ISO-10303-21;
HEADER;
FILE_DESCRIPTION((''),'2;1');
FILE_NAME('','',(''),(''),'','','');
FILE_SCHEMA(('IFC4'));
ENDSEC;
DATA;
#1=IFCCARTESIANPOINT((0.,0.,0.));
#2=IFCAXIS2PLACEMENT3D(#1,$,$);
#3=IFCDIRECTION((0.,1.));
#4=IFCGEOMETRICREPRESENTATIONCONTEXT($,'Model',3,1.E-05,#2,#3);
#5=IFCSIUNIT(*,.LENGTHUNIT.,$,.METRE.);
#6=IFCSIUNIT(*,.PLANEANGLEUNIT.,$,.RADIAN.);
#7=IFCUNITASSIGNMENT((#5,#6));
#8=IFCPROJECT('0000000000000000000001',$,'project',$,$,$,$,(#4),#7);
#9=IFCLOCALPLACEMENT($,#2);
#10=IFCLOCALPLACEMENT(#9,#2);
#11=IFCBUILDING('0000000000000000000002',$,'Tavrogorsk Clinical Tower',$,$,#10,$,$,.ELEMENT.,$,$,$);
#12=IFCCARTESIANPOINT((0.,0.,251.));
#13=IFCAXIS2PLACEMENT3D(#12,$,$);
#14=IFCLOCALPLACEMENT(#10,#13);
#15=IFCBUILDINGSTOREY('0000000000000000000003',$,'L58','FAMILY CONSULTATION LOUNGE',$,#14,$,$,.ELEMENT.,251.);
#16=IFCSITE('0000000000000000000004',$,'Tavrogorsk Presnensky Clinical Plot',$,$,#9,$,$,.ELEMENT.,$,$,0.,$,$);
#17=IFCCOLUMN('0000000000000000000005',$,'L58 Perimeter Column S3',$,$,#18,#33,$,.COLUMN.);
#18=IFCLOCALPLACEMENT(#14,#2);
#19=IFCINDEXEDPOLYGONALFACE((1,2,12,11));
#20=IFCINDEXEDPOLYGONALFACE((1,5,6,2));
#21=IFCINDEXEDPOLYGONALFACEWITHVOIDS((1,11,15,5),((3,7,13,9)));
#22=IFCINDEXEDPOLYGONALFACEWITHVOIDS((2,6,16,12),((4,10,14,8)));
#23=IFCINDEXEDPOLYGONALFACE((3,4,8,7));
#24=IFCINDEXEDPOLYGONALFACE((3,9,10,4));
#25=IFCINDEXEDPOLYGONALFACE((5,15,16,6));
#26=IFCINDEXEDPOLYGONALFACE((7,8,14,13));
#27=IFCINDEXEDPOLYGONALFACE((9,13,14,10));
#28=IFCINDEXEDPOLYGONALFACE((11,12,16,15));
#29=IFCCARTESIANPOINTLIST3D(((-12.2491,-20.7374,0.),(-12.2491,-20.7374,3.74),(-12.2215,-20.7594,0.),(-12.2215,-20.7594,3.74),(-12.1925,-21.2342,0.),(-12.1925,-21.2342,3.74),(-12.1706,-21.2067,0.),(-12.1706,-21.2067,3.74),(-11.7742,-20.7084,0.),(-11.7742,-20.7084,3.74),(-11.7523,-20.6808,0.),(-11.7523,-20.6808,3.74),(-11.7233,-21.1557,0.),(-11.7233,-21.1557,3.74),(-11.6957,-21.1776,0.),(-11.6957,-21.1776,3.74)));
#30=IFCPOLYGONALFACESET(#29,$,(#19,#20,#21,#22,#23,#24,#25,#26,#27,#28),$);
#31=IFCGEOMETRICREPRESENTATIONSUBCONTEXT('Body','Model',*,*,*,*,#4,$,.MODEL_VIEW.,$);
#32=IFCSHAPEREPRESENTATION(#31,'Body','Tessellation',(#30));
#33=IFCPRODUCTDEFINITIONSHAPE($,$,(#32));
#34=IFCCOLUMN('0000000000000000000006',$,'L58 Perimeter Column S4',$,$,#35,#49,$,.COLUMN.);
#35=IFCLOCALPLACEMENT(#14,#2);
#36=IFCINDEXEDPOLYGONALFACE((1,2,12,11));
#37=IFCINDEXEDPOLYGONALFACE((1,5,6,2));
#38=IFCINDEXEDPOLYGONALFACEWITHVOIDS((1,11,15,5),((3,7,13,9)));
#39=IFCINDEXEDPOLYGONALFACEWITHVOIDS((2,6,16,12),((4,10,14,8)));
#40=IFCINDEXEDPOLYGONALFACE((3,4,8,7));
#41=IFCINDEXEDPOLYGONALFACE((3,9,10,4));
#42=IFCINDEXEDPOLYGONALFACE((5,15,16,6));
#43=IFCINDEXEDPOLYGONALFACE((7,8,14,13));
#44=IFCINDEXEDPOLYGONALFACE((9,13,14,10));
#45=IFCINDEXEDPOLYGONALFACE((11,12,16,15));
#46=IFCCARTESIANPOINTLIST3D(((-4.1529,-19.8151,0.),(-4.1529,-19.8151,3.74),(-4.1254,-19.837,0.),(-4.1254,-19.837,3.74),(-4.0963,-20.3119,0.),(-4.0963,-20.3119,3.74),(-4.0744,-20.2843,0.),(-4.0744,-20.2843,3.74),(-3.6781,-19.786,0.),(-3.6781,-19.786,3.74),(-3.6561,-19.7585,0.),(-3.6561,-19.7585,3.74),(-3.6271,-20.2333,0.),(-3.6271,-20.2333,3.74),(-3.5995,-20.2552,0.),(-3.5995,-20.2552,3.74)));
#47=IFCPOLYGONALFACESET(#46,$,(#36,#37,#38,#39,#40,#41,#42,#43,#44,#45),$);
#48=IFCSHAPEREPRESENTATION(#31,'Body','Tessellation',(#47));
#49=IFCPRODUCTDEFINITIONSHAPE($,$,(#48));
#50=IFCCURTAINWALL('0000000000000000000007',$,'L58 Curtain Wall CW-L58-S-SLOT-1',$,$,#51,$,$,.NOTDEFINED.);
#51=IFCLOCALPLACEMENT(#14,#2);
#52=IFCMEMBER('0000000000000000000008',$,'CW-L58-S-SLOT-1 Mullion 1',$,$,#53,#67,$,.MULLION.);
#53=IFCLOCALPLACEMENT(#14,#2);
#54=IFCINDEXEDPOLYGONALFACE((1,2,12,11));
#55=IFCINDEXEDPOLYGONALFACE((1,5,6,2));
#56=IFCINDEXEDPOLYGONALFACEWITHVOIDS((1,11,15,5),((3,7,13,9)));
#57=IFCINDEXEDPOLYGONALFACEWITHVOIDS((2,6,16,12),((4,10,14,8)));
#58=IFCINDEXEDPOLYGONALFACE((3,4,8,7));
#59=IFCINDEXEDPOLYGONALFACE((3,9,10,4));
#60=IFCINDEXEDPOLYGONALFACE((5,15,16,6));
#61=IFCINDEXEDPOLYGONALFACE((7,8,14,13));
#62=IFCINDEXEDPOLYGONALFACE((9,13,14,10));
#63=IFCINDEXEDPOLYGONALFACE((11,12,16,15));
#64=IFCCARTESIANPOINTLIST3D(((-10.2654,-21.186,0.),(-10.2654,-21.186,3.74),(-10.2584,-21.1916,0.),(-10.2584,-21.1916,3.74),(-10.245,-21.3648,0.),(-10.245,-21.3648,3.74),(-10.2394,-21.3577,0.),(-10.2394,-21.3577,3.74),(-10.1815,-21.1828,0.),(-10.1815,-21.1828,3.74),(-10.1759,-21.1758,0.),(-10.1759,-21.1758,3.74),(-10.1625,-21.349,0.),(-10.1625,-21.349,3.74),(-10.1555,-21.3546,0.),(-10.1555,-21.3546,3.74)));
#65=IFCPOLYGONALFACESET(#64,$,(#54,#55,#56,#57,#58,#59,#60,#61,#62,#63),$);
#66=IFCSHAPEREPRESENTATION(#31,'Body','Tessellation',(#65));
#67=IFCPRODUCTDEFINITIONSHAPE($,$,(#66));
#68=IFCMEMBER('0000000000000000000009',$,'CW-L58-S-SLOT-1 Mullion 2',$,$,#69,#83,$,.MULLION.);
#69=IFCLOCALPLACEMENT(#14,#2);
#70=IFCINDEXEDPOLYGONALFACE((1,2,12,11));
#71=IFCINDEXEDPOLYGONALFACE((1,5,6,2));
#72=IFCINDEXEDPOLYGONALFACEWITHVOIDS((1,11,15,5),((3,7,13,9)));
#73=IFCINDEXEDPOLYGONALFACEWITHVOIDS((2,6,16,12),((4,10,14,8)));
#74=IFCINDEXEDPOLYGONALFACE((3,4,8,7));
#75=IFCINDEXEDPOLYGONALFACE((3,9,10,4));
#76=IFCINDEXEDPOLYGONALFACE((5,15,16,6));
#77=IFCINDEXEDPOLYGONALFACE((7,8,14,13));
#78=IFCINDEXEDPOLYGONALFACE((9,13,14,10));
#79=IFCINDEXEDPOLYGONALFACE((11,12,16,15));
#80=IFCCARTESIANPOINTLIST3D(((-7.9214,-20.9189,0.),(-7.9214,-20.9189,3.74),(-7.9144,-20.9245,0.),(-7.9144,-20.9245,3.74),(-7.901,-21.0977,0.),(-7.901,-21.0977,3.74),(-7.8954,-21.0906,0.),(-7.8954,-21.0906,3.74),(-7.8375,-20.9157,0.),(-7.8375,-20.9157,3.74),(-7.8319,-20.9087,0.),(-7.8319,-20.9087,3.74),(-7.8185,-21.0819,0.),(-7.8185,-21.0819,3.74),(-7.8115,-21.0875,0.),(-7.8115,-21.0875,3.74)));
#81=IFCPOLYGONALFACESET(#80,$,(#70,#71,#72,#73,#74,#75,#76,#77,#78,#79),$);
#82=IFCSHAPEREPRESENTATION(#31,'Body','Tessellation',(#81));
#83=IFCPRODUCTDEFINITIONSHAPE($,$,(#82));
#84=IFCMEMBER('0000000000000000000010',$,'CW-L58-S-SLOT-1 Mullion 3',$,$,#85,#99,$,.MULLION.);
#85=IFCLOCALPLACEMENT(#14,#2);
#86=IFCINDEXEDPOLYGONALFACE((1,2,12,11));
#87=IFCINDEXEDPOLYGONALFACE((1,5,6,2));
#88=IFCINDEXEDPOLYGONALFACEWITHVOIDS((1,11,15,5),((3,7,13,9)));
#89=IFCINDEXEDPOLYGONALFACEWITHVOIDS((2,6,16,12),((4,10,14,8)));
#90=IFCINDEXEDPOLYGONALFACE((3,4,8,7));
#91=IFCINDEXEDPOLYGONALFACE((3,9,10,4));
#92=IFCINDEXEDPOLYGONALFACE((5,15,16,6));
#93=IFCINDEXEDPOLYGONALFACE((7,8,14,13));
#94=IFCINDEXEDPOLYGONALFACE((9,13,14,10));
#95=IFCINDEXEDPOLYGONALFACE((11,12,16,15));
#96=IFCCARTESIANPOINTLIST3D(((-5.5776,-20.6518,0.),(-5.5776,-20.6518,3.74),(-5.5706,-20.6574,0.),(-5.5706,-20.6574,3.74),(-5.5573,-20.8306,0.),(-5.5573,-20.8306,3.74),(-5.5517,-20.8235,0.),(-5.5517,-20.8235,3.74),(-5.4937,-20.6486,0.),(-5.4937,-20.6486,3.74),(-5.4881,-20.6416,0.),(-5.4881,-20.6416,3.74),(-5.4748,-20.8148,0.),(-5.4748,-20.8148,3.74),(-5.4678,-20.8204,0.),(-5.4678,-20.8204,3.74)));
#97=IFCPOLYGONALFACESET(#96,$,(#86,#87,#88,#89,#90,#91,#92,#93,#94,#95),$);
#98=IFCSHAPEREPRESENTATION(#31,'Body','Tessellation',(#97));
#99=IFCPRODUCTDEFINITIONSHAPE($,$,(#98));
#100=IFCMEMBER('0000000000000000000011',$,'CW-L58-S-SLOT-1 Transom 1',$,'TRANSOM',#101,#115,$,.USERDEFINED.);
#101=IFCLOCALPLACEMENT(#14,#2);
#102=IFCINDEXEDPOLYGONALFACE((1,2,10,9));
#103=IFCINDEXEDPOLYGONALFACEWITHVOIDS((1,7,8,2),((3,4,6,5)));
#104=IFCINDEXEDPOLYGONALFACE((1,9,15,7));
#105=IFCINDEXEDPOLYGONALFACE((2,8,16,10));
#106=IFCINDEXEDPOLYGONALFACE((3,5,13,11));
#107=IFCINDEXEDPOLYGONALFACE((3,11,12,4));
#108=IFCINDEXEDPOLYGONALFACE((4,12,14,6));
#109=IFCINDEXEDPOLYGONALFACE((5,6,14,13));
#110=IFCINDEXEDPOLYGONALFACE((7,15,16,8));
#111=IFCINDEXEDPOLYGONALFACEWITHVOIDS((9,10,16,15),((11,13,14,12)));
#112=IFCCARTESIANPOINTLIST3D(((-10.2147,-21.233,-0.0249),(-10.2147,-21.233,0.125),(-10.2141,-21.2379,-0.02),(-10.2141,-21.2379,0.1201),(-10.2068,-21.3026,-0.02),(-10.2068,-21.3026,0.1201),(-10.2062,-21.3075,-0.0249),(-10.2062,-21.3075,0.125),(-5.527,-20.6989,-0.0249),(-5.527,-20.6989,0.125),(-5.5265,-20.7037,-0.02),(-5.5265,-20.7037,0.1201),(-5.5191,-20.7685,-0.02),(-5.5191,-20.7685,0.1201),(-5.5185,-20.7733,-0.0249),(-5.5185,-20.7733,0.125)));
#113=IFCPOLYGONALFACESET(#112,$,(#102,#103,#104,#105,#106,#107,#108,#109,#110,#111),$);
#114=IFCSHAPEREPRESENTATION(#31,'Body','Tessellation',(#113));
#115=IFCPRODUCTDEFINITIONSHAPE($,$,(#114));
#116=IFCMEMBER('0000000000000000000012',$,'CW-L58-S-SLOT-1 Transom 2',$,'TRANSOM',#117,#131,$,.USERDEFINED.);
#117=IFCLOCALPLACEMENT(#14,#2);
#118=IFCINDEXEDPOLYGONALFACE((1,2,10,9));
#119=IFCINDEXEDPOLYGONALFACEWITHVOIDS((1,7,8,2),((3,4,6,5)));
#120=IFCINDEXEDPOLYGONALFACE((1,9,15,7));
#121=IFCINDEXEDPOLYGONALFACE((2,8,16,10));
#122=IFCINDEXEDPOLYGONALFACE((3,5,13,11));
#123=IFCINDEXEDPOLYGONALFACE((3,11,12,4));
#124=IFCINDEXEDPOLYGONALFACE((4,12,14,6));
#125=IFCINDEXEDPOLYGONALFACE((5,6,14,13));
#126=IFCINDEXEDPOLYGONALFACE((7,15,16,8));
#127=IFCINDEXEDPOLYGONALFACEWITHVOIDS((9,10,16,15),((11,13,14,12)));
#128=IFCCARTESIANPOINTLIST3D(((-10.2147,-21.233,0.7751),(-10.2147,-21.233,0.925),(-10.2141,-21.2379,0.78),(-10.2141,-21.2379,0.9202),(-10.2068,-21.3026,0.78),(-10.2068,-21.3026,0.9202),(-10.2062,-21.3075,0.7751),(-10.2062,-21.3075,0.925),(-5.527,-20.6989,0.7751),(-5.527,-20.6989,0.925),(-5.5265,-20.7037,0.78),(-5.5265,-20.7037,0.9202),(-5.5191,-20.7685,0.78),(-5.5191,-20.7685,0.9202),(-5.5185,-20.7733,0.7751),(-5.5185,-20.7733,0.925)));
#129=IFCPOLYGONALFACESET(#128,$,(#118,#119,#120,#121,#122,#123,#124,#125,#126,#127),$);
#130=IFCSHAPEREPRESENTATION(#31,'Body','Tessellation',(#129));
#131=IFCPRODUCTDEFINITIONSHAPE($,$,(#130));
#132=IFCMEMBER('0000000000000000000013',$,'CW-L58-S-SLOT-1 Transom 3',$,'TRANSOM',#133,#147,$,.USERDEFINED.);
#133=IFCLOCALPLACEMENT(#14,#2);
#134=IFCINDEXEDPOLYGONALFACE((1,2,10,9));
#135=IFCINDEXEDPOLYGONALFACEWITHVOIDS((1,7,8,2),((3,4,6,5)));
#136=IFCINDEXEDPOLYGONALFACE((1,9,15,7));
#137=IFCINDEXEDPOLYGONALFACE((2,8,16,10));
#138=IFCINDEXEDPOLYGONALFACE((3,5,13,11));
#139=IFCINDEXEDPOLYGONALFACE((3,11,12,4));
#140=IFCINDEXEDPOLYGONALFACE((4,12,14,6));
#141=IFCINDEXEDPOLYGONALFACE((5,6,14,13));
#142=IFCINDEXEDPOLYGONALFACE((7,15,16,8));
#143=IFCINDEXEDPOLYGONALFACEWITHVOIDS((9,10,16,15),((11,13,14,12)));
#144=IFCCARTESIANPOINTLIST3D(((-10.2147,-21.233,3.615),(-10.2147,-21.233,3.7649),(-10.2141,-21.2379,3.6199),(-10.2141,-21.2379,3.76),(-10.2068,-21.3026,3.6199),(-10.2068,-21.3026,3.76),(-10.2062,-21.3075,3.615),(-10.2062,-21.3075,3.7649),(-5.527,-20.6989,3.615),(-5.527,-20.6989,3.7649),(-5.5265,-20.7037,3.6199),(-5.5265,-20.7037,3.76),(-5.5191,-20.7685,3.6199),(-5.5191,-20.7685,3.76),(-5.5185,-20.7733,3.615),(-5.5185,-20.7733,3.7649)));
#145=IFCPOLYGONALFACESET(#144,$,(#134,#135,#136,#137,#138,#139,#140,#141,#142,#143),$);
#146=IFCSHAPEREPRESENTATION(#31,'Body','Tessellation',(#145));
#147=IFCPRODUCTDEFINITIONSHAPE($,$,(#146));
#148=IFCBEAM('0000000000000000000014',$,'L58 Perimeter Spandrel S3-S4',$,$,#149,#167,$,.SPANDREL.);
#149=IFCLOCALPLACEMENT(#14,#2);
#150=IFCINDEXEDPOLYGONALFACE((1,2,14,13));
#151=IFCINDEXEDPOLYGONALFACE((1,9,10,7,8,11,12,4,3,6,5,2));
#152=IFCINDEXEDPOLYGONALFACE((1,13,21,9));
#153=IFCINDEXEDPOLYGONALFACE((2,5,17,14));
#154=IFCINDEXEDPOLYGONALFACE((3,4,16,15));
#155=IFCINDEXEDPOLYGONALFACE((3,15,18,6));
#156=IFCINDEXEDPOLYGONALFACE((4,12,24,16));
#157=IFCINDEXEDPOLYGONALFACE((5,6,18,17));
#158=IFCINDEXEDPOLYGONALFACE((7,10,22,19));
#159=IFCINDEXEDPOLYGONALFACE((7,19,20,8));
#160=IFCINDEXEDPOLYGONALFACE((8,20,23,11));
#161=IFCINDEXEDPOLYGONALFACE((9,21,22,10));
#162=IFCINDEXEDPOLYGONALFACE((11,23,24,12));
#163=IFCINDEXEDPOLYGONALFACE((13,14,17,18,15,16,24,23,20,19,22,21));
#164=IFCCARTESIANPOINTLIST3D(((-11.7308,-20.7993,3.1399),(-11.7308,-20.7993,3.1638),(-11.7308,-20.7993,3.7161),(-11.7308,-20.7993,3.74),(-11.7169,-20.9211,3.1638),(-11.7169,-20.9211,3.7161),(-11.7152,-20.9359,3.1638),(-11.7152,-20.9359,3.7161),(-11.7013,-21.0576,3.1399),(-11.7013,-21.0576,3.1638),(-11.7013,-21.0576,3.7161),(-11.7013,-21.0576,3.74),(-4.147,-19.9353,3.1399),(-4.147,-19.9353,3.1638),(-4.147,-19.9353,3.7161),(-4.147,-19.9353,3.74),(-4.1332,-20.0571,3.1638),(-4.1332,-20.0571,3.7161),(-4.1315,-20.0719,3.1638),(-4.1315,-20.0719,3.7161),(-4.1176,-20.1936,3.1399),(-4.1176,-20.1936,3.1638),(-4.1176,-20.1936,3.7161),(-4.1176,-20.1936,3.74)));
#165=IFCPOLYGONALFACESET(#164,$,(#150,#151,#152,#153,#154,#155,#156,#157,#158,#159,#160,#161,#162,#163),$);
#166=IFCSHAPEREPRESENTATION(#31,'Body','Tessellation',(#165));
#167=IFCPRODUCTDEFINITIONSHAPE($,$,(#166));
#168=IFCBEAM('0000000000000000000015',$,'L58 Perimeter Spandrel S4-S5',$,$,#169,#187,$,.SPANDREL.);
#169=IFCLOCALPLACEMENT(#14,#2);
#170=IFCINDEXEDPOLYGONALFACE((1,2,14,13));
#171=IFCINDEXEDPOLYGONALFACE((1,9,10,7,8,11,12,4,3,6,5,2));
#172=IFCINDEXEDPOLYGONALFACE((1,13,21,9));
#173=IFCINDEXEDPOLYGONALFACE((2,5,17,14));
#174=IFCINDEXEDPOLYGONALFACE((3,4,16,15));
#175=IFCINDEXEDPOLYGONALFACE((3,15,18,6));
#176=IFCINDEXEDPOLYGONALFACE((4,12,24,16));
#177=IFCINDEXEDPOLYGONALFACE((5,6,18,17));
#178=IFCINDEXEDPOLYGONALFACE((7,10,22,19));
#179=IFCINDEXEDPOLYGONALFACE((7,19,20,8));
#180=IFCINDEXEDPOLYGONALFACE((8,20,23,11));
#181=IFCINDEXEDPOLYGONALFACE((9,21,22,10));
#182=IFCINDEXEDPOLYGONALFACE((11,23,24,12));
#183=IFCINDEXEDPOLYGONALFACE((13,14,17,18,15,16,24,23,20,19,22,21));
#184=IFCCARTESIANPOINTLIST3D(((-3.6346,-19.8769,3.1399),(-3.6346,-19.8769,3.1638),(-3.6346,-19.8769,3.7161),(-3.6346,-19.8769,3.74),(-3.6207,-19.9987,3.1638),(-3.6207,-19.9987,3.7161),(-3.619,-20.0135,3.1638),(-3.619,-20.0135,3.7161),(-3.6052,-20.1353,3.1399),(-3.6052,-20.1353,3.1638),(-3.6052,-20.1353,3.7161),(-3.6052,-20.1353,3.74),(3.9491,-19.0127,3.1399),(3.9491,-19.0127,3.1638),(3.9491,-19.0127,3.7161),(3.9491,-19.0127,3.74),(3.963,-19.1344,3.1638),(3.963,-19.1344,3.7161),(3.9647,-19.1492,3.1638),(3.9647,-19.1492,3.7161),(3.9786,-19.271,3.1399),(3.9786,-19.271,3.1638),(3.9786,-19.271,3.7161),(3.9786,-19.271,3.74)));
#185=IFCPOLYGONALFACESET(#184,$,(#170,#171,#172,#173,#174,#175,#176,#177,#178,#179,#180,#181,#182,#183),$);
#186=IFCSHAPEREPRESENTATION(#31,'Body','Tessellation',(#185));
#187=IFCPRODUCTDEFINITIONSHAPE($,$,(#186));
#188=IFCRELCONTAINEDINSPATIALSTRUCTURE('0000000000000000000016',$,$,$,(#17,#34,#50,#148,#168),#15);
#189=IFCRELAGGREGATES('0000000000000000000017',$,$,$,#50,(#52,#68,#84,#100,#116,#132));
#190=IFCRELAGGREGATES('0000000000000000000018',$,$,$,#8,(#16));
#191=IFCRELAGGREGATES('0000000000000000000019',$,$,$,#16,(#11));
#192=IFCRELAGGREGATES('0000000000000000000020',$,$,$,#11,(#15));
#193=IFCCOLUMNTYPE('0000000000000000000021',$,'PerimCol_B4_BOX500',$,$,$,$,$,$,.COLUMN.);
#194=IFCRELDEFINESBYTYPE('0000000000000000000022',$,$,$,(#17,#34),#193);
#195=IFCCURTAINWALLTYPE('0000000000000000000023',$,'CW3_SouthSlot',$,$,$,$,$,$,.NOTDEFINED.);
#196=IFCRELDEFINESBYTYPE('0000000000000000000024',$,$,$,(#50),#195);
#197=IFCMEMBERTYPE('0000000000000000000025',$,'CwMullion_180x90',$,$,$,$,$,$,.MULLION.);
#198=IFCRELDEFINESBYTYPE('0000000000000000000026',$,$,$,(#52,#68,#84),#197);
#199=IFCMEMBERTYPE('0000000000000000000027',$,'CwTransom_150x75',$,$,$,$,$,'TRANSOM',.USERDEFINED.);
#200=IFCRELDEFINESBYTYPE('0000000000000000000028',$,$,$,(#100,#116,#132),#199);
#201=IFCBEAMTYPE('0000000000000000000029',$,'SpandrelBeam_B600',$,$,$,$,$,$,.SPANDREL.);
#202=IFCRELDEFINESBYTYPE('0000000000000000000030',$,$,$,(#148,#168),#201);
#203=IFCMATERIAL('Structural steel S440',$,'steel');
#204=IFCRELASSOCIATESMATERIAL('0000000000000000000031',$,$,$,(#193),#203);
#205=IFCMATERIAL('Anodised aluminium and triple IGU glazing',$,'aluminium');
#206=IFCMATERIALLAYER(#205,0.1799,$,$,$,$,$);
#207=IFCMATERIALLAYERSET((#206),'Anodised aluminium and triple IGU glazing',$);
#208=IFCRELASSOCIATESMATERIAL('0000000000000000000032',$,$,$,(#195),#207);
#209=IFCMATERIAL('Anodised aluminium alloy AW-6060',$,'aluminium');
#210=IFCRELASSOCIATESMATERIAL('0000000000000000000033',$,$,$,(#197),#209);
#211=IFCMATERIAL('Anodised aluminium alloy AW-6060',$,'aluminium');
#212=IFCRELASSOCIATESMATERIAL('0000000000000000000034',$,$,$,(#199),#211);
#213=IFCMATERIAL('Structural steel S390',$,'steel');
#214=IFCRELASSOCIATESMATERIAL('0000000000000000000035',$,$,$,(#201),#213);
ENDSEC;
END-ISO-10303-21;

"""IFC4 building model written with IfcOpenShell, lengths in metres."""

from ifc_helpers import new_model, si_unit, direction, frame, origin, origin_2d, place, context, subcontext, project, spatial, hollow_rectangle, i_section, extrude, material, layer, layer_set, material_profile, profile_set, type_object, element, aggregate, save


model = new_model("IFC4")

# Units and contexts
model_context = context("Model", 3, precision=1e-05, world=origin(), true_north=direction((0.0, 1.0)))
body_context = subcontext(model_context, "Body", "Model", "MODEL_VIEW")
ifc_project = project(units=[si_unit("LENGTHUNIT", "METRE"), si_unit("PLANEANGLEUNIT", "RADIAN")], contexts=[model_context])

# Site, building, storey
site_placement = place(None, origin())
site = spatial("IfcSite", under=ifc_project, at=site_placement, Name="Tavrogorsk Presnensky Clinical Plot", CompositionType="ELEMENT", RefElevation=0.0)
building_placement = place(site_placement, origin())
building = spatial("IfcBuilding", under=site, at=building_placement, Name="Tavrogorsk Clinical Tower", CompositionType="ELEMENT")
storey_placement = place(building_placement, frame((0.0, 0.0, 251.0)))
storey = spatial("IfcBuildingStorey", under=building, at=storey_placement, Name="L58", Description="FAMILY CONSULTATION LOUNGE", CompositionType="ELEMENT", Elevation=251.0)

# Columns
ifc_material_1 = material(Name="Structural steel S440", Category="steel")
ifc_material_profile_1 = material_profile(ifc_material_1, hollow_rectangle(XDim=0.5, YDim=0.5, WallThickness=0.0249, at=origin_2d()), Name="BOX-500x500x25")
ifc_profile_set_1 = profile_set([ifc_material_profile_1], Name="Structural steel S440")
column_type = type_object("IfcColumnType", Name="PerimCol_B4_BOX500", PredefinedType="COLUMN", material=ifc_profile_set_1)
for number, where, z_axis, x_axis, name in (
    (1, (-11.9724, -20.9575, 0.0), (0.0, 0.0, 1.0), (0.993572, 0.113203, 0.0), "L58 Perimeter Column S3"),
    (2, (-3.8762, -20.0352, 0.0), (0.0, 0.0, 1.0), (0.993572, 0.113203, 0.0), "L58 Perimeter Column S4"),
):
    element("IfcColumn", number, at=place(storey_placement, frame(where, z_axis=z_axis, x_axis=x_axis)), inside=storey, type_object=column_type, Name=name, PredefinedType="COLUMN", context=body_context, shape_type="SweptSolid", body=[
        extrude(hollow_rectangle(XDim=0.5, YDim=0.5, WallThickness=0.0249, at=origin_2d()), origin(), (0.0, 0.0, 1.0), 3.74),
    ])

# Curtain wall, members
ifc_material_2 = material(Name="Anodised aluminium and triple IGU glazing", Category="aluminium")
ifc_layer_1 = layer(ifc_material_2, 0.1799)
ifc_layer_set_1 = layer_set([ifc_layer_1], Name="Anodised aluminium and triple IGU glazing")
curtain_wall_type = type_object("IfcCurtainWallType", Name="CW3_SouthSlot", PredefinedType="NOTDEFINED", material=ifc_layer_set_1)
curtain_wall_placement = place(storey_placement, origin())
curtain_wall = element("IfcCurtainWall", 3, at=curtain_wall_placement, inside=storey, type_object=curtain_wall_type, Name="L58 Curtain Wall CW-L58-S-SLOT-1", PredefinedType="NOTDEFINED")
ifc_material_3 = material(Name="Anodised aluminium alloy AW-6060", Category="aluminium")
ifc_material_profile_2 = material_profile(ifc_material_3, hollow_rectangle(XDim=0.0901, YDim=0.1799, WallThickness=0.0063, at=origin_2d()), Name="RHS-180x90x6.3")
ifc_profile_set_2 = profile_set([ifc_material_profile_2], Name="Anodised aluminium alloy AW-6060")
member_type_1 = type_object("IfcMemberType", Name="CwMullion_180x90", PredefinedType="MULLION", material=ifc_profile_set_2)
member_1_placement = place(storey_placement, frame((-10.2104, -21.2703, 0.0), z_axis=(0.0, 0.0, 1.0), x_axis=(0.993572, 0.113203, 0.0)))
member_1 = element("IfcMember", 4, at=member_1_placement, type_object=member_type_1, Name="CW-L58-S-SLOT-1 Mullion 1", PredefinedType="MULLION", context=body_context, shape_type="SweptSolid", body=[
    extrude(hollow_rectangle(XDim=0.0901, YDim=0.1799, WallThickness=0.0063, at=origin_2d()), origin(), (0.0, 0.0, 1.0), 3.74),
])
member_2_placement = place(storey_placement, frame((-7.8665, -21.0032, 0.0), z_axis=(0.0, 0.0, 1.0), x_axis=(0.993572, 0.113203, 0.0)))
member_2 = element("IfcMember", 5, at=member_2_placement, type_object=member_type_1, Name="CW-L58-S-SLOT-1 Mullion 2", PredefinedType="MULLION", context=body_context, shape_type="SweptSolid", body=[
    extrude(hollow_rectangle(XDim=0.0901, YDim=0.1799, WallThickness=0.0063, at=origin_2d()), origin(), (0.0, 0.0, 1.0), 3.74),
])
member_3_placement = place(storey_placement, frame((-5.5227, -20.7361, 0.0), z_axis=(0.0, 0.0, 1.0), x_axis=(0.993572, 0.113203, 0.0)))
member_3 = element("IfcMember", 6, at=member_3_placement, type_object=member_type_1, Name="CW-L58-S-SLOT-1 Mullion 3", PredefinedType="MULLION", context=body_context, shape_type="SweptSolid", body=[
    extrude(hollow_rectangle(XDim=0.0901, YDim=0.1799, WallThickness=0.0063, at=origin_2d()), origin(), (0.0, 0.0, 1.0), 3.74),
])
ifc_material_4 = material(Name="Anodised aluminium alloy AW-6060", Category="aluminium")
ifc_material_profile_3 = material_profile(ifc_material_4, hollow_rectangle(XDim=0.075, YDim=0.1499, WallThickness=0.0049, at=origin_2d()), Name="RHS-150x75x5")
ifc_profile_set_3 = profile_set([ifc_material_profile_3], Name="Anodised aluminium alloy AW-6060")
member_type_2 = type_object("IfcMemberType", Name="CwTransom_150x75", ElementType="TRANSOM", PredefinedType="USERDEFINED", material=ifc_profile_set_3)
member_4_placement = place(storey_placement, frame((-10.2104, -21.2703, 0.05), z_axis=(0.99357, 0.11322, 0.0), x_axis=(-0.11322, 0.99357, 0.0)))
member_4 = element("IfcMember", 7, at=member_4_placement, type_object=member_type_2, Name="CW-L58-S-SLOT-1 Transom 1", ObjectType="TRANSOM", PredefinedType="USERDEFINED", context=body_context, shape_type="SweptSolid", body=[
    extrude(hollow_rectangle(XDim=0.075, YDim=0.1499, WallThickness=0.0049, at=origin_2d()), origin(), (0.0, 0.0, 1.0), 4.718),
])
member_5_placement = place(storey_placement, frame((-10.2104, -21.2703, 0.8501), z_axis=(0.99357, 0.11322, 0.0), x_axis=(-0.11322, 0.99357, 0.0)))
member_5 = element("IfcMember", 8, at=member_5_placement, type_object=member_type_2, Name="CW-L58-S-SLOT-1 Transom 2", ObjectType="TRANSOM", PredefinedType="USERDEFINED", context=body_context, shape_type="SweptSolid", body=[
    extrude(hollow_rectangle(XDim=0.075, YDim=0.1499, WallThickness=0.0049, at=origin_2d()), origin(), (0.0, 0.0, 1.0), 4.718),
])
member_6_placement = place(storey_placement, frame((-10.2104, -21.2703, 3.6899), z_axis=(0.99357, 0.11322, 0.0), x_axis=(-0.11322, 0.99357, 0.0)))
member_6 = element("IfcMember", 9, at=member_6_placement, type_object=member_type_2, Name="CW-L58-S-SLOT-1 Transom 3", ObjectType="TRANSOM", PredefinedType="USERDEFINED", context=body_context, shape_type="SweptSolid", body=[
    extrude(hollow_rectangle(XDim=0.075, YDim=0.1499, WallThickness=0.0049, at=origin_2d()), origin(), (0.0, 0.0, 1.0), 4.718),
])

# Beams
ifc_material_5 = material(Name="Structural steel S390", Category="steel")
ifc_material_profile_4 = material_profile(ifc_material_5, i_section(OverallWidth=0.26, OverallDepth=0.6001, WebThickness=0.0149, FlangeThickness=0.0239, at=origin_2d()), Name="B-600x260x15x24")
ifc_profile_set_4 = profile_set([ifc_material_profile_4], Name="Structural steel S390")
beam_type = type_object("IfcBeamType", Name="SpandrelBeam_B600", PredefinedType="SPANDREL", material=ifc_profile_set_4)
for number, where, z_axis, x_axis, name in (
    (10, (-11.7161, -20.9285, 3.4399), (0.993573, 0.113197, 0.0), (-0.113197, 0.993573, 0.0), "L58 Perimeter Spandrel S3-S4"),
    (11, (-3.6199, -20.0061, 3.4399), (0.993569, 0.113229, 0.0), (-0.113229, 0.993569, 0.0), "L58 Perimeter Spandrel S4-S5"),
):
    element("IfcBeam", number, at=place(storey_placement, frame(where, z_axis=z_axis, x_axis=x_axis)), inside=storey, type_object=beam_type, Name=name, PredefinedType="SPANDREL", context=body_context, shape_type="SweptSolid", body=[
        extrude(i_section(OverallWidth=0.26, OverallDepth=0.6001, WebThickness=0.0149, FlangeThickness=0.0239, at=origin_2d()), origin(), (0.0, 0.0, 1.0), 7.6328),
    ])

aggregate(curtain_wall, [member_1, member_2, member_3, member_4, member_5, member_6])

save(model, "model.ifc")
